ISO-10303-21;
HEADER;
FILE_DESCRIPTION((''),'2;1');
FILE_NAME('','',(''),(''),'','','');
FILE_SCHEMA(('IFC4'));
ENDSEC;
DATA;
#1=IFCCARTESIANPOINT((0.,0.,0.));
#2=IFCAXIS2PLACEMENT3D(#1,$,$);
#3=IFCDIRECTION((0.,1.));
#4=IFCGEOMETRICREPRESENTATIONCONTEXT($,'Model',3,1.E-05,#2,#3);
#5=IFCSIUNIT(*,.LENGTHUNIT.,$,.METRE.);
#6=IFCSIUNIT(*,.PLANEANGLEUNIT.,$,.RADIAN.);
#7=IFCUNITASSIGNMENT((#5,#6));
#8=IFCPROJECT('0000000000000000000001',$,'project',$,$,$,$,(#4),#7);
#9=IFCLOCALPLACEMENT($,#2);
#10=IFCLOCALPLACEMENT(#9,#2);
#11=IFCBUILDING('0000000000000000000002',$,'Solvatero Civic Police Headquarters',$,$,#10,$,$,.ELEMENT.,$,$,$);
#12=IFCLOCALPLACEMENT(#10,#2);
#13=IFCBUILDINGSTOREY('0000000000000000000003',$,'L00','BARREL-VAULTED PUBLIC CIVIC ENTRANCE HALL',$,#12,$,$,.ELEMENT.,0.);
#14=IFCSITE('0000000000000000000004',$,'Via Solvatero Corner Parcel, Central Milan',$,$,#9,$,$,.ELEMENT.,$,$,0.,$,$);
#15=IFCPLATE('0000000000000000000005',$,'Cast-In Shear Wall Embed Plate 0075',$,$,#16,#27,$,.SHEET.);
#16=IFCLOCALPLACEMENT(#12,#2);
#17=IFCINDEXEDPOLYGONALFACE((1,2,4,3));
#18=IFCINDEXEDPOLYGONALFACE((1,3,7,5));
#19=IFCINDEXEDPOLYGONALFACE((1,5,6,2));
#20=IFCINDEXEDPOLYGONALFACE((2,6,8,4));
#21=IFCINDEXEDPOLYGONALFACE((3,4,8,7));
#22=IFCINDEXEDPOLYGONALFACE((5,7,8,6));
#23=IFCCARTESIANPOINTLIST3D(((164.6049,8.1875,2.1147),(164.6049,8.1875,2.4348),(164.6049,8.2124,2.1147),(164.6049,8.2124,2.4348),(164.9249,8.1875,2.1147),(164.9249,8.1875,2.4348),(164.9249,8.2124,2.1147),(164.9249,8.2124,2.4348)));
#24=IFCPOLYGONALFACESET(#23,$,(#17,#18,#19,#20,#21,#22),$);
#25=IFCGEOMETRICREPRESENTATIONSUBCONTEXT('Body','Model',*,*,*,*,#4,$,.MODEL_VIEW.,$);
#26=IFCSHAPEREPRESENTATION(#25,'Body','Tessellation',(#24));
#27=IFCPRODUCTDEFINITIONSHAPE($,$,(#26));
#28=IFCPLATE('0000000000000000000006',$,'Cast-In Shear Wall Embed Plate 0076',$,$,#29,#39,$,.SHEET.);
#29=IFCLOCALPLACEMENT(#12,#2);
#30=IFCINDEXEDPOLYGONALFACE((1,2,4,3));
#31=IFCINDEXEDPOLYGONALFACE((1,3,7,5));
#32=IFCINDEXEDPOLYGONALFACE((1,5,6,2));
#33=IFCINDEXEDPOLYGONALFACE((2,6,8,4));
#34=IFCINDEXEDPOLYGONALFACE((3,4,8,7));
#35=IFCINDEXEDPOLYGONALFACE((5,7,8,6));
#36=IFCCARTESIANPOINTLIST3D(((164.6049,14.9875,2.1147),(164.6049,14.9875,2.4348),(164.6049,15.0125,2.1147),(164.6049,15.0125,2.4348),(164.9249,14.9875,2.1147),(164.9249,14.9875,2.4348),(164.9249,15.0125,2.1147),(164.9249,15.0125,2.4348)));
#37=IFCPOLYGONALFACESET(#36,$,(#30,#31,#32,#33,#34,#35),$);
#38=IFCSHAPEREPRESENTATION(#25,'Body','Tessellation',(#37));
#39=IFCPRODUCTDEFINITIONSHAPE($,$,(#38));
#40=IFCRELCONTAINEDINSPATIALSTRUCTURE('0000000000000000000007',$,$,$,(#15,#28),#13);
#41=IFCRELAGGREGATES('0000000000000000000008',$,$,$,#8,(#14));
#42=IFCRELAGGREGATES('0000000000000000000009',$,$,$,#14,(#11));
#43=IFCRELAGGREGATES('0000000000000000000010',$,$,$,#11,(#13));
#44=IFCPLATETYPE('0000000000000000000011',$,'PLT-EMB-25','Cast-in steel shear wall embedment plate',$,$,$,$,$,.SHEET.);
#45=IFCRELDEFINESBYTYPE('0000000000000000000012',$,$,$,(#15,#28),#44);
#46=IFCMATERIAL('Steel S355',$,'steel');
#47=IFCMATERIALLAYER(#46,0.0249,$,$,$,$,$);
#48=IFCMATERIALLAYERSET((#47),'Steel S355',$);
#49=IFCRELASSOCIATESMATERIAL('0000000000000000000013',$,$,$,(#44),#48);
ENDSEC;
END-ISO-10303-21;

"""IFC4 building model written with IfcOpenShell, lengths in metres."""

from ifc_helpers import new_model, si_unit, direction, frame, origin, origin_2d, place, context, subcontext, project, spatial, rectangle, extrude, material, layer, layer_set, type_object, element, save


model = new_model("IFC4")

# Units and contexts
model_context = context("Model", 3, precision=1e-05, world=origin(), true_north=direction((0.0, 1.0)))
body_context = subcontext(model_context, "Body", "Model", "MODEL_VIEW")
ifc_project = project(units=[si_unit("LENGTHUNIT", "METRE"), si_unit("PLANEANGLEUNIT", "RADIAN")], contexts=[model_context])

# Site, building, storey
site_placement = place(None, origin())
site = spatial("IfcSite", under=ifc_project, at=site_placement, Name="Via Solvatero Corner Parcel, Central Milan", CompositionType="ELEMENT", RefElevation=0.0)
building_placement = place(site_placement, origin())
building = spatial("IfcBuilding", under=site, at=building_placement, Name="Solvatero Civic Police Headquarters", CompositionType="ELEMENT")
storey_placement = place(building_placement, origin())
storey = spatial("IfcBuildingStorey", under=building, at=storey_placement, Name="L00", Description="BARREL-VAULTED PUBLIC CIVIC ENTRANCE HALL", CompositionType="ELEMENT", Elevation=0.0)

# Shared definitions
ifc_material_1 = material(Name="Steel S355", Category="steel")

# Plates
ifc_layer_1 = layer(ifc_material_1, 0.0249)
ifc_layer_set_1 = layer_set([ifc_layer_1], Name="Steel S355")
plate_type_1 = type_object("IfcPlateType", Name="PLT-EMB-25", Description="Cast-in steel shear wall embedment plate", PredefinedType="SHEET", material=ifc_layer_set_1)
for number, where, z_axis, x_axis, name in (
    (1, (164.7649, 8.2, 2.1147), (0.0, 0.0, 1.0), (1.0, 0.0, 0.0), "Cast-In Shear Wall Embed Plate 0075"),
    (2, (164.7649, 15.0, 2.1147), (0.0, 0.0, 1.0), (1.0, 0.0, 0.0), "Cast-In Shear Wall Embed Plate 0076"),
):
    element("IfcPlate", number, at=place(storey_placement, frame(where, z_axis=z_axis, x_axis=x_axis)), inside=storey, type_object=plate_type_1, Name=name, PredefinedType="SHEET", context=body_context, shape_type="SweptSolid", body=[
        extrude(rectangle(XDim=0.3201, YDim=0.0249, at=origin_2d()), origin(), (0.0, 0.0, 1.0), 0.3201),
    ])

save(model, "model.ifc")
